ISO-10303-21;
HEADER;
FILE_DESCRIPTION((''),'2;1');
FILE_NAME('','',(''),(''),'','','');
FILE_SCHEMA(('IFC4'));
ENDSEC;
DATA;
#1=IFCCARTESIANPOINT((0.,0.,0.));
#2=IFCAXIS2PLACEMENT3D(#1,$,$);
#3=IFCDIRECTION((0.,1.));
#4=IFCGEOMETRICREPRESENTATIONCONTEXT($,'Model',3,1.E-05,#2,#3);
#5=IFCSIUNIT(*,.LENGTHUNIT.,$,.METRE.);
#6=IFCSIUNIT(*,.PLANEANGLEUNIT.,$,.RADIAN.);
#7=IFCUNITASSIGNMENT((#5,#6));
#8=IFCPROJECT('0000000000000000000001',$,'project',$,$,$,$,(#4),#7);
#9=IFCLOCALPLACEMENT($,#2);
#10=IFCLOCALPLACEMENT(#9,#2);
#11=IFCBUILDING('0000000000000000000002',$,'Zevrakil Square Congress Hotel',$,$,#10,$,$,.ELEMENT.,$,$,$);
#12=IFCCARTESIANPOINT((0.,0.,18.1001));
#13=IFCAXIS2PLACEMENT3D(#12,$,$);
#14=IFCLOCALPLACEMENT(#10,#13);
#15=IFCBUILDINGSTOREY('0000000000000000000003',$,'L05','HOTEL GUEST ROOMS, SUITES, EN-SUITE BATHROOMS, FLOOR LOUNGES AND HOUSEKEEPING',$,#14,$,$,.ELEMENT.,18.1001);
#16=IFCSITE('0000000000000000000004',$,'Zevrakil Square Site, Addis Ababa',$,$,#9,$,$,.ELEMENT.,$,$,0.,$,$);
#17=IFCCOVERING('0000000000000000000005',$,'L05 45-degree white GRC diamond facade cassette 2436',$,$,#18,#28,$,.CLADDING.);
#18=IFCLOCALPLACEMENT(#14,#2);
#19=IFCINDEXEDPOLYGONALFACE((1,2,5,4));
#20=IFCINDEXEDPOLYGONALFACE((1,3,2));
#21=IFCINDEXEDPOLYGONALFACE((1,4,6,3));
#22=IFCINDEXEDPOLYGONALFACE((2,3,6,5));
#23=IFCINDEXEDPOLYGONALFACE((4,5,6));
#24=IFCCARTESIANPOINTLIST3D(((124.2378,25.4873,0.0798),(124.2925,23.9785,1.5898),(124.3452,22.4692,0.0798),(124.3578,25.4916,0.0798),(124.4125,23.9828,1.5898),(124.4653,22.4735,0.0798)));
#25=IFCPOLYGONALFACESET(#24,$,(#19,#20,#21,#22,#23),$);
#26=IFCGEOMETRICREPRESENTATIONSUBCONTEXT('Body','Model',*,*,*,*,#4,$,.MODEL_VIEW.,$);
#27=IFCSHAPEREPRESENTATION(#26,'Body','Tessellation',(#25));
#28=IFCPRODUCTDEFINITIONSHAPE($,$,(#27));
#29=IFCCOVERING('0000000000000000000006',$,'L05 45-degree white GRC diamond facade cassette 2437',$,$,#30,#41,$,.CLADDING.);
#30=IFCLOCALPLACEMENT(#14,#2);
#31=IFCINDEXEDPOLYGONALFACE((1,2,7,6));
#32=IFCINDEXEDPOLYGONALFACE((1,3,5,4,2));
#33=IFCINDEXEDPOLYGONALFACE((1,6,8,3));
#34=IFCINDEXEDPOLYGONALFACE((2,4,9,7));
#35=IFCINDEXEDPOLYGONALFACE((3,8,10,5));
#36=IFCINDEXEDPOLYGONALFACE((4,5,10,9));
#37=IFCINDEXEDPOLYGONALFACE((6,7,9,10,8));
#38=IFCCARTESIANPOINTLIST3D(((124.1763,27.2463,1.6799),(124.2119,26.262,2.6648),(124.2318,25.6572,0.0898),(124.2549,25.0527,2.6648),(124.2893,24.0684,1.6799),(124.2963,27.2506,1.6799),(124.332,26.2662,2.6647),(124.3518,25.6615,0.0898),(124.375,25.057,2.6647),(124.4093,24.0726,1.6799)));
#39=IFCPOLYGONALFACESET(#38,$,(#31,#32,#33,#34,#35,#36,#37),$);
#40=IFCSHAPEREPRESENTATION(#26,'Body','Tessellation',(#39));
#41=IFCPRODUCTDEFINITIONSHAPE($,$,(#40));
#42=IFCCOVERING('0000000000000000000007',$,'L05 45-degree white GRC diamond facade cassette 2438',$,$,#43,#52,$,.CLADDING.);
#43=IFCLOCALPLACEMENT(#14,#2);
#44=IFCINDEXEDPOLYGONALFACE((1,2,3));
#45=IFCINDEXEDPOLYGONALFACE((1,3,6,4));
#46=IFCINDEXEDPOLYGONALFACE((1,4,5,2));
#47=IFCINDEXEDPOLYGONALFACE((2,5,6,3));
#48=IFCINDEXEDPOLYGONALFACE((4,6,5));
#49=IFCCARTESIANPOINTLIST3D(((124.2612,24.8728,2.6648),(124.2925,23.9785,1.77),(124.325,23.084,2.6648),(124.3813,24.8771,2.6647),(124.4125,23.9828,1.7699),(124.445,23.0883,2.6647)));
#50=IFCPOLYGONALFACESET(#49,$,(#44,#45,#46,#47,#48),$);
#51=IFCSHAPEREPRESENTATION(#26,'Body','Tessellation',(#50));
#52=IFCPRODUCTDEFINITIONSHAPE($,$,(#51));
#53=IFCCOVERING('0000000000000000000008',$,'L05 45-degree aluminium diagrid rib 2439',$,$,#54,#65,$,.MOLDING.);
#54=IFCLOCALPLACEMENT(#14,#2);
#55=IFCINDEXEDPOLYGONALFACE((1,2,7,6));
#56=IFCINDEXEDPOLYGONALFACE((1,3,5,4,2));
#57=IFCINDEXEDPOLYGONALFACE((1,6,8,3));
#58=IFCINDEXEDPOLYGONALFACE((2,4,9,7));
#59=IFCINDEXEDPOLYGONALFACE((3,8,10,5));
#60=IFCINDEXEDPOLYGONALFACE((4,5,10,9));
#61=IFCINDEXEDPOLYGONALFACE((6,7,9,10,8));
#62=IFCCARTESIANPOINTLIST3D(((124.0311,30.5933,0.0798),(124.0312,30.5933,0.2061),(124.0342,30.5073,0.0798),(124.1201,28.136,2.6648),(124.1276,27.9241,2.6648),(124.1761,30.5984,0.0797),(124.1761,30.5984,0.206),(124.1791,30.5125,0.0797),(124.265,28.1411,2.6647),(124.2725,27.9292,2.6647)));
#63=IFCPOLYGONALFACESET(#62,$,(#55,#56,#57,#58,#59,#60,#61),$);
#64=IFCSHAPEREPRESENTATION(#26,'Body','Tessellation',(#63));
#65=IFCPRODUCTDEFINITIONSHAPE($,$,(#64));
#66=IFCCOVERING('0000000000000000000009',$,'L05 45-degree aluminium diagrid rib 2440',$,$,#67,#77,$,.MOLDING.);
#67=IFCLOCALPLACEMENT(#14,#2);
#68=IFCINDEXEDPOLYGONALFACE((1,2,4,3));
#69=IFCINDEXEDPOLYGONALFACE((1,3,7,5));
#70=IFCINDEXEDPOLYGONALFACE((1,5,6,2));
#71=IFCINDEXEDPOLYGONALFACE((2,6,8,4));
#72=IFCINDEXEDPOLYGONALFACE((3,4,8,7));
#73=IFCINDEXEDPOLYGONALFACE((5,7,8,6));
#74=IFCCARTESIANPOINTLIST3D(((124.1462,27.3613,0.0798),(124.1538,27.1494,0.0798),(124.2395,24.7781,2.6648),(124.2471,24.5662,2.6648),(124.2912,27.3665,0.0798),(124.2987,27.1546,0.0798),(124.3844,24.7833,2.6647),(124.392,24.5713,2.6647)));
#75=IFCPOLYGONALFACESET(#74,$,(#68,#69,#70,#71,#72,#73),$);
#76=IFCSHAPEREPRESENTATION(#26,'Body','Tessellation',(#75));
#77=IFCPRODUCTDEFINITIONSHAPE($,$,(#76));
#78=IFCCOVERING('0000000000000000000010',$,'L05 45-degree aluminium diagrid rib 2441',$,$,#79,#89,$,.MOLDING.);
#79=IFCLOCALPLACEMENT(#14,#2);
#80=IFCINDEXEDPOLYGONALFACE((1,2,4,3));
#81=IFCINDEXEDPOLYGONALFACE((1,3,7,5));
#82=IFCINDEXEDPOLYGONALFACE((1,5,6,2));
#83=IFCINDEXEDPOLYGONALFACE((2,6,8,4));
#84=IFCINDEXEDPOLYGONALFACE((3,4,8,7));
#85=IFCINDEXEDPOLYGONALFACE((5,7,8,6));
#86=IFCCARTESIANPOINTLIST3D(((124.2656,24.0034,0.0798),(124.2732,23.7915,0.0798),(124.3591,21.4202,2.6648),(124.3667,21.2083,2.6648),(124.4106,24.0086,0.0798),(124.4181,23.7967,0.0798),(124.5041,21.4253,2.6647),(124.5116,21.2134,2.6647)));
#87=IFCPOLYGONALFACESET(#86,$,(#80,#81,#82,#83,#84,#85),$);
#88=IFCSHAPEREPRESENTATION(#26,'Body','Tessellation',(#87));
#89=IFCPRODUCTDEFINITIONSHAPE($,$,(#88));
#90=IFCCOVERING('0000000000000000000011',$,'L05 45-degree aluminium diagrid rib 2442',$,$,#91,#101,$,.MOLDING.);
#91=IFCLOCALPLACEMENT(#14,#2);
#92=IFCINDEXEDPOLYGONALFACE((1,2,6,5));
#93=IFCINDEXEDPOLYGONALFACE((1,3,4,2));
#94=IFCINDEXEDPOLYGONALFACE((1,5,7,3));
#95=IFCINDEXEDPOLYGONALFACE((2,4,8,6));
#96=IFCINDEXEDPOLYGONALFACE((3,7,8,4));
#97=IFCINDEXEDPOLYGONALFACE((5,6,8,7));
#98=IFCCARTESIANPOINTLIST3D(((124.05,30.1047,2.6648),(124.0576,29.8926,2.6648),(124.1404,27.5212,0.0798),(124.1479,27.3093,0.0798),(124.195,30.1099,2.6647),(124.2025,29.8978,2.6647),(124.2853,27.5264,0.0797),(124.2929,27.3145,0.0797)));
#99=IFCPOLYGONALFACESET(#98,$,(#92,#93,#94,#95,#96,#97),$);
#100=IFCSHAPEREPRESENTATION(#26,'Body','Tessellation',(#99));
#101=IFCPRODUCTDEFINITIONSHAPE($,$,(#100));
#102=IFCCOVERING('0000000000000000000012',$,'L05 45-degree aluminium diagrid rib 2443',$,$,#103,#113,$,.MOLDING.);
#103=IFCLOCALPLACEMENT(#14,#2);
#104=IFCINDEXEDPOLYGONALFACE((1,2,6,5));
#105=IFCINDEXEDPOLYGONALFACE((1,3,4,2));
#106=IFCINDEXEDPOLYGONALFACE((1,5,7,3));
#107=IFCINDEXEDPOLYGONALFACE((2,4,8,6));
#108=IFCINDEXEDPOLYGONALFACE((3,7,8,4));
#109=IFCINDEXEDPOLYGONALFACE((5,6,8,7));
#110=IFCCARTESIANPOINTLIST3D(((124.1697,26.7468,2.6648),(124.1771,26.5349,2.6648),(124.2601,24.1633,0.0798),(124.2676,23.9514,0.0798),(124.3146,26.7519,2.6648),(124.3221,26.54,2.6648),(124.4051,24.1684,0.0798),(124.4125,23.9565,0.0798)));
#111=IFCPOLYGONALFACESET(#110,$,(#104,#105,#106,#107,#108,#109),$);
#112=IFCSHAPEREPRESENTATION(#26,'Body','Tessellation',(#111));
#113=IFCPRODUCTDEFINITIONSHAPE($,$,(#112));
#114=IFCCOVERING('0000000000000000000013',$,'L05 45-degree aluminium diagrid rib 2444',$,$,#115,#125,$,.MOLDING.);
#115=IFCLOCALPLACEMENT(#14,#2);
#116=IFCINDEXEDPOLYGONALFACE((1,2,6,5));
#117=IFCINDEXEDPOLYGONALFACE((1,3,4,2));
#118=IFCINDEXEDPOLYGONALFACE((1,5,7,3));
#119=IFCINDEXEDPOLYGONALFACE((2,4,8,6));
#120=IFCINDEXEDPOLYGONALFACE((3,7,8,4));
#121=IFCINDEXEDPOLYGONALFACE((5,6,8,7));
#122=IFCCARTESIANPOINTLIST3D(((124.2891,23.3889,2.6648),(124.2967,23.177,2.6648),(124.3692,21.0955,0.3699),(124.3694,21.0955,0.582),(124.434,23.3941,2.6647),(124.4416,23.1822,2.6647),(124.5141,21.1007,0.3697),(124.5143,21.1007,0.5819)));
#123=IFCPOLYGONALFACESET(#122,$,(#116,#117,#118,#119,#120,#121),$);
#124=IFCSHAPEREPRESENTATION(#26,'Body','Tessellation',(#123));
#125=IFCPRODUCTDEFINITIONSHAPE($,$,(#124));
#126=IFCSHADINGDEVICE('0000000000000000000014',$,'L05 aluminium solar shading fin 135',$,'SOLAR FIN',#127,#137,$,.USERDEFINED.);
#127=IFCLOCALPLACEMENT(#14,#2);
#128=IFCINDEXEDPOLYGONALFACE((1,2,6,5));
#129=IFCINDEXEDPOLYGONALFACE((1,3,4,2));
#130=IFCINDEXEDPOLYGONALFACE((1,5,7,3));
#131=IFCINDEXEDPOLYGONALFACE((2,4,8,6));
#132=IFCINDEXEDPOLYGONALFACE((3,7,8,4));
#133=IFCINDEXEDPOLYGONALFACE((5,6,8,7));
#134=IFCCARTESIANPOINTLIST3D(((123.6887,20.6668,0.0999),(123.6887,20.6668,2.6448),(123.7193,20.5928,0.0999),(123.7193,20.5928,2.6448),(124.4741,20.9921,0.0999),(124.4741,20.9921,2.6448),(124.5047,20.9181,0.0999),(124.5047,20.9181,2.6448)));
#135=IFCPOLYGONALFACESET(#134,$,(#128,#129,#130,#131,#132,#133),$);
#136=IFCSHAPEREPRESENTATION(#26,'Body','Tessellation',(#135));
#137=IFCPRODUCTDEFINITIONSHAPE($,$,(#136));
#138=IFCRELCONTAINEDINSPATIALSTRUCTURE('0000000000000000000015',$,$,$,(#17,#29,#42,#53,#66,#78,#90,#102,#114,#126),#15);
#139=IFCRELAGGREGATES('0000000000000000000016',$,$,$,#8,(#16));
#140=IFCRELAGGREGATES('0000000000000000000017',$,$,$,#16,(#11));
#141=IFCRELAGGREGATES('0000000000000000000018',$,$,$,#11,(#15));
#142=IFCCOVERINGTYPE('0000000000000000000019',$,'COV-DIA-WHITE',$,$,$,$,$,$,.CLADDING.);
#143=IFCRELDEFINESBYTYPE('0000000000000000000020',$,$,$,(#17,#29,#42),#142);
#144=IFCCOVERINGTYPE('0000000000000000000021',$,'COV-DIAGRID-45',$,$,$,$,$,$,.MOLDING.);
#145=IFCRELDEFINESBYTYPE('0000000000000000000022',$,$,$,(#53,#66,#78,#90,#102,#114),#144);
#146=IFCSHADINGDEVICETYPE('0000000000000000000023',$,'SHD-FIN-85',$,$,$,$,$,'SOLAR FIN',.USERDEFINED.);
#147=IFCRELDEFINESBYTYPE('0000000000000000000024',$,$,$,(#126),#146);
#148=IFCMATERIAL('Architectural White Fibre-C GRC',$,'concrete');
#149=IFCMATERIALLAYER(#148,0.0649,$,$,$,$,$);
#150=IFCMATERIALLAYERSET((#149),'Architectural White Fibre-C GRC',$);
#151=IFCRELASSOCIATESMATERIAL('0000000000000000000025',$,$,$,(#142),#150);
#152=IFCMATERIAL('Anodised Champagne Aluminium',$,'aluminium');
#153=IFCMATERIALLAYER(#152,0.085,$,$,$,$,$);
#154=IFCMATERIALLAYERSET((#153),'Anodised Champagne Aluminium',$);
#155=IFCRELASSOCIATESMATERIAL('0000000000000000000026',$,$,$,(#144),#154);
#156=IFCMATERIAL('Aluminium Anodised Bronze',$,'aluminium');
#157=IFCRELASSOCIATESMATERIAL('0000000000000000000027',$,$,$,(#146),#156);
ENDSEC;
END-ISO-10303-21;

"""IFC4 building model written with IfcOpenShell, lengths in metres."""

from ifc_helpers import new_model, si_unit, direction, frame, origin, origin_2d, place, context, subcontext, project, spatial, polyline, rectangle, outline, extrude, material, layer, layer_set, type_object, element, save


model = new_model("IFC4")

# Units and contexts
model_context = context("Model", 3, precision=1e-05, world=origin(), true_north=direction((0.0, 1.0)))
body_context = subcontext(model_context, "Body", "Model", "MODEL_VIEW")
ifc_project = project(units=[si_unit("LENGTHUNIT", "METRE"), si_unit("PLANEANGLEUNIT", "RADIAN")], contexts=[model_context])

# Site, building, storey
site_placement = place(None, origin())
site = spatial("IfcSite", under=ifc_project, at=site_placement, Name="Zevrakil Square Site, Addis Ababa", CompositionType="ELEMENT", RefElevation=0.0)
building_placement = place(site_placement, origin())
building = spatial("IfcBuilding", under=site, at=building_placement, Name="Zevrakil Square Congress Hotel", CompositionType="ELEMENT")
storey_placement = place(building_placement, frame((0.0, 0.0, 18.1001)))
storey = spatial("IfcBuildingStorey", under=building, at=storey_placement, Name="L05", Description="HOTEL GUEST ROOMS, SUITES, EN-SUITE BATHROOMS, FLOOR LOUNGES AND HOUSEKEEPING", CompositionType="ELEMENT", Elevation=18.1001)

# Coverings
ifc_material_1 = material(Name="Architectural White Fibre-C GRC", Category="concrete")
ifc_layer_1 = layer(ifc_material_1, 0.0649)
ifc_layer_set_1 = layer_set([ifc_layer_1], Name="Architectural White Fibre-C GRC")
covering_type_1 = type_object("IfcCoveringType", Name="COV-DIA-WHITE", PredefinedType="CLADDING", material=ifc_layer_set_1)
covering_1_placement = place(storey_placement, frame((124.2925, 23.9785, 1.5898), z_axis=(-0.999367, -0.03557, 0.000652), x_axis=(0.024693, -0.70672, -0.707063)))
element("IfcCovering", 1, at=covering_1_placement, inside=storey, type_object=covering_type_1, Name="L05 45-degree white GRC diamond facade cassette 2436", PredefinedType="CLADDING", context=body_context, shape_type="SweptSolid", body=[
    extrude(outline(polyline([(0.0, 0.0), (2.1356, 0.0), (0.0, -2.1353), (0.0, 0.0)])), origin(), (0.0, 0.0, -1.0), 0.1201),
])
covering_2_placement = place(storey_placement, frame((124.2893, 24.0684, 1.6799), z_axis=(-0.999368, -0.035542, 0.000659), x_axis=(-0.025596, 0.706604, -0.707146)))
element("IfcCovering", 2, at=covering_2_placement, inside=storey, type_object=covering_type_1, Name="L05 45-degree white GRC diamond facade cassette 2437", PredefinedType="CLADDING", context=body_context, shape_type="SweptSolid", body=[
    extrude(outline(polyline([(0.0, 0.0), (2.2486, 0.0), (2.2485, -2.2487), (0.8555, -2.2485), (0.0, -1.3929), (0.0, 0.0)])), origin(), (0.0, 0.0, -1.0), 0.1201),
])
covering_3_placement = place(storey_placement, frame((124.2925, 23.9785, 1.77), z_axis=(-0.999366, -0.035599, 0.000677), x_axis=(-0.024695, 0.706698, 0.707084)))
element("IfcCovering", 3, at=covering_3_placement, inside=storey, type_object=covering_type_1, Name="L05 45-degree white GRC diamond facade cassette 2438", PredefinedType="CLADDING", context=body_context, shape_type="SweptSolid", body=[
    extrude(outline(polyline([(0.0, 0.0), (1.2654, 0.0), (-0.0003, -1.2656), (0.0, 0.0)])), origin(), (0.0, 0.0, -1.0), 0.1201),
])
ifc_material_2 = material(Name="Anodised Champagne Aluminium", Category="aluminium")
ifc_layer_2 = layer(ifc_material_2, 0.085)
ifc_layer_set_2 = layer_set([ifc_layer_2], Name="Anodised Champagne Aluminium")
covering_type_2 = type_object("IfcCoveringType", Name="COV-DIAGRID-45", PredefinedType="MOLDING", material=ifc_layer_set_2)
covering_4_placement = place(storey_placement, frame((124.0342, 30.5073, 0.0798), z_axis=(-0.99937, -0.035487, 0.00065), x_axis=(-0.035487, 0.99937, 0.000001)))
element("IfcCovering", 4, at=covering_4_placement, inside=storey, type_object=covering_type_2, Name="L05 45-degree aluminium diagrid rib 2439", PredefinedType="MOLDING", context=body_context, shape_type="SweptSolid", body=[
    extrude(outline(polyline([(0.0, 0.0), (0.086, 0.0), (0.086, -0.1262), (-2.3729, -2.585), (-2.5849, -2.585), (0.0, 0.0)])), origin(), (0.0, 0.0, -1.0), 0.145),
])
covering_5_placement = place(storey_placement, frame((124.1538, 27.1494, 0.0798), z_axis=(-0.999363, -0.035692, 0.000388), x_axis=(-0.035692, 0.999363, 0.0)))
element("IfcCovering", 5, at=covering_5_placement, inside=storey, type_object=covering_type_2, Name="L05 45-degree aluminium diagrid rib 2440", PredefinedType="MOLDING", context=body_context, shape_type="SweptSolid", body=[
    extrude(outline(polyline([(0.0, 0.0), (0.212, 0.0), (-2.3729, -2.585), (-2.5849, -2.585), (0.0, 0.0)])), origin(), (0.0, 0.0, -1.0), 0.145),
])
covering_6_placement = place(storey_placement, frame((124.2732, 23.7915, 0.0798), z_axis=(-0.999363, -0.035692, 0.000482), x_axis=(-0.035692, 0.999363, 0.0)))
element("IfcCovering", 6, at=covering_6_placement, inside=storey, type_object=covering_type_2, Name="L05 45-degree aluminium diagrid rib 2441", PredefinedType="MOLDING", context=body_context, shape_type="SweptSolid", body=[
    extrude(outline(polyline([(0.0, 0.0), (0.212, 0.0), (-2.3729, -2.585), (-2.5849, -2.585), (0.0, 0.0)])), origin(), (0.0, 0.0, -1.0), 0.145),
])
covering_7_placement = place(storey_placement, frame((124.05, 30.1047, 2.6648), z_axis=(-0.999363, -0.035671, 0.000726), x_axis=(0.035671, -0.999364, 0.0)))
element("IfcCovering", 7, at=covering_7_placement, inside=storey, type_object=covering_type_2, Name="L05 45-degree aluminium diagrid rib 2442", PredefinedType="MOLDING", context=body_context, shape_type="SweptSolid", body=[
    extrude(outline(polyline([(0.0, 0.0), (0.2123, 0.0), (2.7971, -2.585), (2.5851, -2.585), (0.0, 0.0)])), origin(), (0.0, 0.0, -1.0), 0.145),
])
covering_8_placement = place(storey_placement, frame((124.1697, 26.7468, 2.6648), z_axis=(-0.999383, -0.035117, 0.000126), x_axis=(0.035117, -0.999383, 0.0)))
element("IfcCovering", 8, at=covering_8_placement, inside=storey, type_object=covering_type_2, Name="L05 45-degree aluminium diagrid rib 2443", PredefinedType="MOLDING", context=body_context, shape_type="SweptSolid", body=[
    extrude(outline(polyline([(0.0, 0.0), (0.212, 0.0), (2.7971, -2.585), (2.5851, -2.585), (0.0, 0.0)])), origin(), (0.0, 0.0, -1.0), 0.145),
])
covering_9_placement = place(storey_placement, frame((124.2891, 23.3889, 2.6648), z_axis=(-0.999356, -0.035876, 0.000965), x_axis=(0.035876, -0.999356, 0.0)))
element("IfcCovering", 9, at=covering_9_placement, inside=storey, type_object=covering_type_2, Name="L05 45-degree aluminium diagrid rib 2444", PredefinedType="MOLDING", context=body_context, shape_type="SweptSolid", body=[
    extrude(outline(polyline([(0.0, 0.0), (0.212, 0.0), (2.2949, -2.0828), (2.2949, -2.2949), (0.0, 0.0)])), origin(), (0.0, 0.0, -1.0), 0.145),
])

# Shading device
ifc_material_3 = material(Name="Aluminium Anodised Bronze", Category="aluminium")
shading_device_type = type_object("IfcShadingDeviceType", Name="SHD-FIN-85", ElementType="SOLAR FIN", PredefinedType="USERDEFINED", material=ifc_material_3)
shading_device_placement = place(storey_placement, frame((124.0967, 20.7925, 0.0999), z_axis=(0.0, 0.0, 1.0), x_axis=(-0.92388, -0.382683, 0.0)))
element("IfcShadingDevice", 10, at=shading_device_placement, inside=storey, type_object=shading_device_type, Name="L05 aluminium solar shading fin 135", ObjectType="SOLAR FIN", PredefinedType="USERDEFINED", context=body_context, shape_type="SweptSolid", body=[
    extrude(rectangle(XDim=0.8501, YDim=0.0801, at=origin_2d()), origin(), (0.0, 0.0, 1.0), 2.5449),
])

save(model, "model.ifc")
